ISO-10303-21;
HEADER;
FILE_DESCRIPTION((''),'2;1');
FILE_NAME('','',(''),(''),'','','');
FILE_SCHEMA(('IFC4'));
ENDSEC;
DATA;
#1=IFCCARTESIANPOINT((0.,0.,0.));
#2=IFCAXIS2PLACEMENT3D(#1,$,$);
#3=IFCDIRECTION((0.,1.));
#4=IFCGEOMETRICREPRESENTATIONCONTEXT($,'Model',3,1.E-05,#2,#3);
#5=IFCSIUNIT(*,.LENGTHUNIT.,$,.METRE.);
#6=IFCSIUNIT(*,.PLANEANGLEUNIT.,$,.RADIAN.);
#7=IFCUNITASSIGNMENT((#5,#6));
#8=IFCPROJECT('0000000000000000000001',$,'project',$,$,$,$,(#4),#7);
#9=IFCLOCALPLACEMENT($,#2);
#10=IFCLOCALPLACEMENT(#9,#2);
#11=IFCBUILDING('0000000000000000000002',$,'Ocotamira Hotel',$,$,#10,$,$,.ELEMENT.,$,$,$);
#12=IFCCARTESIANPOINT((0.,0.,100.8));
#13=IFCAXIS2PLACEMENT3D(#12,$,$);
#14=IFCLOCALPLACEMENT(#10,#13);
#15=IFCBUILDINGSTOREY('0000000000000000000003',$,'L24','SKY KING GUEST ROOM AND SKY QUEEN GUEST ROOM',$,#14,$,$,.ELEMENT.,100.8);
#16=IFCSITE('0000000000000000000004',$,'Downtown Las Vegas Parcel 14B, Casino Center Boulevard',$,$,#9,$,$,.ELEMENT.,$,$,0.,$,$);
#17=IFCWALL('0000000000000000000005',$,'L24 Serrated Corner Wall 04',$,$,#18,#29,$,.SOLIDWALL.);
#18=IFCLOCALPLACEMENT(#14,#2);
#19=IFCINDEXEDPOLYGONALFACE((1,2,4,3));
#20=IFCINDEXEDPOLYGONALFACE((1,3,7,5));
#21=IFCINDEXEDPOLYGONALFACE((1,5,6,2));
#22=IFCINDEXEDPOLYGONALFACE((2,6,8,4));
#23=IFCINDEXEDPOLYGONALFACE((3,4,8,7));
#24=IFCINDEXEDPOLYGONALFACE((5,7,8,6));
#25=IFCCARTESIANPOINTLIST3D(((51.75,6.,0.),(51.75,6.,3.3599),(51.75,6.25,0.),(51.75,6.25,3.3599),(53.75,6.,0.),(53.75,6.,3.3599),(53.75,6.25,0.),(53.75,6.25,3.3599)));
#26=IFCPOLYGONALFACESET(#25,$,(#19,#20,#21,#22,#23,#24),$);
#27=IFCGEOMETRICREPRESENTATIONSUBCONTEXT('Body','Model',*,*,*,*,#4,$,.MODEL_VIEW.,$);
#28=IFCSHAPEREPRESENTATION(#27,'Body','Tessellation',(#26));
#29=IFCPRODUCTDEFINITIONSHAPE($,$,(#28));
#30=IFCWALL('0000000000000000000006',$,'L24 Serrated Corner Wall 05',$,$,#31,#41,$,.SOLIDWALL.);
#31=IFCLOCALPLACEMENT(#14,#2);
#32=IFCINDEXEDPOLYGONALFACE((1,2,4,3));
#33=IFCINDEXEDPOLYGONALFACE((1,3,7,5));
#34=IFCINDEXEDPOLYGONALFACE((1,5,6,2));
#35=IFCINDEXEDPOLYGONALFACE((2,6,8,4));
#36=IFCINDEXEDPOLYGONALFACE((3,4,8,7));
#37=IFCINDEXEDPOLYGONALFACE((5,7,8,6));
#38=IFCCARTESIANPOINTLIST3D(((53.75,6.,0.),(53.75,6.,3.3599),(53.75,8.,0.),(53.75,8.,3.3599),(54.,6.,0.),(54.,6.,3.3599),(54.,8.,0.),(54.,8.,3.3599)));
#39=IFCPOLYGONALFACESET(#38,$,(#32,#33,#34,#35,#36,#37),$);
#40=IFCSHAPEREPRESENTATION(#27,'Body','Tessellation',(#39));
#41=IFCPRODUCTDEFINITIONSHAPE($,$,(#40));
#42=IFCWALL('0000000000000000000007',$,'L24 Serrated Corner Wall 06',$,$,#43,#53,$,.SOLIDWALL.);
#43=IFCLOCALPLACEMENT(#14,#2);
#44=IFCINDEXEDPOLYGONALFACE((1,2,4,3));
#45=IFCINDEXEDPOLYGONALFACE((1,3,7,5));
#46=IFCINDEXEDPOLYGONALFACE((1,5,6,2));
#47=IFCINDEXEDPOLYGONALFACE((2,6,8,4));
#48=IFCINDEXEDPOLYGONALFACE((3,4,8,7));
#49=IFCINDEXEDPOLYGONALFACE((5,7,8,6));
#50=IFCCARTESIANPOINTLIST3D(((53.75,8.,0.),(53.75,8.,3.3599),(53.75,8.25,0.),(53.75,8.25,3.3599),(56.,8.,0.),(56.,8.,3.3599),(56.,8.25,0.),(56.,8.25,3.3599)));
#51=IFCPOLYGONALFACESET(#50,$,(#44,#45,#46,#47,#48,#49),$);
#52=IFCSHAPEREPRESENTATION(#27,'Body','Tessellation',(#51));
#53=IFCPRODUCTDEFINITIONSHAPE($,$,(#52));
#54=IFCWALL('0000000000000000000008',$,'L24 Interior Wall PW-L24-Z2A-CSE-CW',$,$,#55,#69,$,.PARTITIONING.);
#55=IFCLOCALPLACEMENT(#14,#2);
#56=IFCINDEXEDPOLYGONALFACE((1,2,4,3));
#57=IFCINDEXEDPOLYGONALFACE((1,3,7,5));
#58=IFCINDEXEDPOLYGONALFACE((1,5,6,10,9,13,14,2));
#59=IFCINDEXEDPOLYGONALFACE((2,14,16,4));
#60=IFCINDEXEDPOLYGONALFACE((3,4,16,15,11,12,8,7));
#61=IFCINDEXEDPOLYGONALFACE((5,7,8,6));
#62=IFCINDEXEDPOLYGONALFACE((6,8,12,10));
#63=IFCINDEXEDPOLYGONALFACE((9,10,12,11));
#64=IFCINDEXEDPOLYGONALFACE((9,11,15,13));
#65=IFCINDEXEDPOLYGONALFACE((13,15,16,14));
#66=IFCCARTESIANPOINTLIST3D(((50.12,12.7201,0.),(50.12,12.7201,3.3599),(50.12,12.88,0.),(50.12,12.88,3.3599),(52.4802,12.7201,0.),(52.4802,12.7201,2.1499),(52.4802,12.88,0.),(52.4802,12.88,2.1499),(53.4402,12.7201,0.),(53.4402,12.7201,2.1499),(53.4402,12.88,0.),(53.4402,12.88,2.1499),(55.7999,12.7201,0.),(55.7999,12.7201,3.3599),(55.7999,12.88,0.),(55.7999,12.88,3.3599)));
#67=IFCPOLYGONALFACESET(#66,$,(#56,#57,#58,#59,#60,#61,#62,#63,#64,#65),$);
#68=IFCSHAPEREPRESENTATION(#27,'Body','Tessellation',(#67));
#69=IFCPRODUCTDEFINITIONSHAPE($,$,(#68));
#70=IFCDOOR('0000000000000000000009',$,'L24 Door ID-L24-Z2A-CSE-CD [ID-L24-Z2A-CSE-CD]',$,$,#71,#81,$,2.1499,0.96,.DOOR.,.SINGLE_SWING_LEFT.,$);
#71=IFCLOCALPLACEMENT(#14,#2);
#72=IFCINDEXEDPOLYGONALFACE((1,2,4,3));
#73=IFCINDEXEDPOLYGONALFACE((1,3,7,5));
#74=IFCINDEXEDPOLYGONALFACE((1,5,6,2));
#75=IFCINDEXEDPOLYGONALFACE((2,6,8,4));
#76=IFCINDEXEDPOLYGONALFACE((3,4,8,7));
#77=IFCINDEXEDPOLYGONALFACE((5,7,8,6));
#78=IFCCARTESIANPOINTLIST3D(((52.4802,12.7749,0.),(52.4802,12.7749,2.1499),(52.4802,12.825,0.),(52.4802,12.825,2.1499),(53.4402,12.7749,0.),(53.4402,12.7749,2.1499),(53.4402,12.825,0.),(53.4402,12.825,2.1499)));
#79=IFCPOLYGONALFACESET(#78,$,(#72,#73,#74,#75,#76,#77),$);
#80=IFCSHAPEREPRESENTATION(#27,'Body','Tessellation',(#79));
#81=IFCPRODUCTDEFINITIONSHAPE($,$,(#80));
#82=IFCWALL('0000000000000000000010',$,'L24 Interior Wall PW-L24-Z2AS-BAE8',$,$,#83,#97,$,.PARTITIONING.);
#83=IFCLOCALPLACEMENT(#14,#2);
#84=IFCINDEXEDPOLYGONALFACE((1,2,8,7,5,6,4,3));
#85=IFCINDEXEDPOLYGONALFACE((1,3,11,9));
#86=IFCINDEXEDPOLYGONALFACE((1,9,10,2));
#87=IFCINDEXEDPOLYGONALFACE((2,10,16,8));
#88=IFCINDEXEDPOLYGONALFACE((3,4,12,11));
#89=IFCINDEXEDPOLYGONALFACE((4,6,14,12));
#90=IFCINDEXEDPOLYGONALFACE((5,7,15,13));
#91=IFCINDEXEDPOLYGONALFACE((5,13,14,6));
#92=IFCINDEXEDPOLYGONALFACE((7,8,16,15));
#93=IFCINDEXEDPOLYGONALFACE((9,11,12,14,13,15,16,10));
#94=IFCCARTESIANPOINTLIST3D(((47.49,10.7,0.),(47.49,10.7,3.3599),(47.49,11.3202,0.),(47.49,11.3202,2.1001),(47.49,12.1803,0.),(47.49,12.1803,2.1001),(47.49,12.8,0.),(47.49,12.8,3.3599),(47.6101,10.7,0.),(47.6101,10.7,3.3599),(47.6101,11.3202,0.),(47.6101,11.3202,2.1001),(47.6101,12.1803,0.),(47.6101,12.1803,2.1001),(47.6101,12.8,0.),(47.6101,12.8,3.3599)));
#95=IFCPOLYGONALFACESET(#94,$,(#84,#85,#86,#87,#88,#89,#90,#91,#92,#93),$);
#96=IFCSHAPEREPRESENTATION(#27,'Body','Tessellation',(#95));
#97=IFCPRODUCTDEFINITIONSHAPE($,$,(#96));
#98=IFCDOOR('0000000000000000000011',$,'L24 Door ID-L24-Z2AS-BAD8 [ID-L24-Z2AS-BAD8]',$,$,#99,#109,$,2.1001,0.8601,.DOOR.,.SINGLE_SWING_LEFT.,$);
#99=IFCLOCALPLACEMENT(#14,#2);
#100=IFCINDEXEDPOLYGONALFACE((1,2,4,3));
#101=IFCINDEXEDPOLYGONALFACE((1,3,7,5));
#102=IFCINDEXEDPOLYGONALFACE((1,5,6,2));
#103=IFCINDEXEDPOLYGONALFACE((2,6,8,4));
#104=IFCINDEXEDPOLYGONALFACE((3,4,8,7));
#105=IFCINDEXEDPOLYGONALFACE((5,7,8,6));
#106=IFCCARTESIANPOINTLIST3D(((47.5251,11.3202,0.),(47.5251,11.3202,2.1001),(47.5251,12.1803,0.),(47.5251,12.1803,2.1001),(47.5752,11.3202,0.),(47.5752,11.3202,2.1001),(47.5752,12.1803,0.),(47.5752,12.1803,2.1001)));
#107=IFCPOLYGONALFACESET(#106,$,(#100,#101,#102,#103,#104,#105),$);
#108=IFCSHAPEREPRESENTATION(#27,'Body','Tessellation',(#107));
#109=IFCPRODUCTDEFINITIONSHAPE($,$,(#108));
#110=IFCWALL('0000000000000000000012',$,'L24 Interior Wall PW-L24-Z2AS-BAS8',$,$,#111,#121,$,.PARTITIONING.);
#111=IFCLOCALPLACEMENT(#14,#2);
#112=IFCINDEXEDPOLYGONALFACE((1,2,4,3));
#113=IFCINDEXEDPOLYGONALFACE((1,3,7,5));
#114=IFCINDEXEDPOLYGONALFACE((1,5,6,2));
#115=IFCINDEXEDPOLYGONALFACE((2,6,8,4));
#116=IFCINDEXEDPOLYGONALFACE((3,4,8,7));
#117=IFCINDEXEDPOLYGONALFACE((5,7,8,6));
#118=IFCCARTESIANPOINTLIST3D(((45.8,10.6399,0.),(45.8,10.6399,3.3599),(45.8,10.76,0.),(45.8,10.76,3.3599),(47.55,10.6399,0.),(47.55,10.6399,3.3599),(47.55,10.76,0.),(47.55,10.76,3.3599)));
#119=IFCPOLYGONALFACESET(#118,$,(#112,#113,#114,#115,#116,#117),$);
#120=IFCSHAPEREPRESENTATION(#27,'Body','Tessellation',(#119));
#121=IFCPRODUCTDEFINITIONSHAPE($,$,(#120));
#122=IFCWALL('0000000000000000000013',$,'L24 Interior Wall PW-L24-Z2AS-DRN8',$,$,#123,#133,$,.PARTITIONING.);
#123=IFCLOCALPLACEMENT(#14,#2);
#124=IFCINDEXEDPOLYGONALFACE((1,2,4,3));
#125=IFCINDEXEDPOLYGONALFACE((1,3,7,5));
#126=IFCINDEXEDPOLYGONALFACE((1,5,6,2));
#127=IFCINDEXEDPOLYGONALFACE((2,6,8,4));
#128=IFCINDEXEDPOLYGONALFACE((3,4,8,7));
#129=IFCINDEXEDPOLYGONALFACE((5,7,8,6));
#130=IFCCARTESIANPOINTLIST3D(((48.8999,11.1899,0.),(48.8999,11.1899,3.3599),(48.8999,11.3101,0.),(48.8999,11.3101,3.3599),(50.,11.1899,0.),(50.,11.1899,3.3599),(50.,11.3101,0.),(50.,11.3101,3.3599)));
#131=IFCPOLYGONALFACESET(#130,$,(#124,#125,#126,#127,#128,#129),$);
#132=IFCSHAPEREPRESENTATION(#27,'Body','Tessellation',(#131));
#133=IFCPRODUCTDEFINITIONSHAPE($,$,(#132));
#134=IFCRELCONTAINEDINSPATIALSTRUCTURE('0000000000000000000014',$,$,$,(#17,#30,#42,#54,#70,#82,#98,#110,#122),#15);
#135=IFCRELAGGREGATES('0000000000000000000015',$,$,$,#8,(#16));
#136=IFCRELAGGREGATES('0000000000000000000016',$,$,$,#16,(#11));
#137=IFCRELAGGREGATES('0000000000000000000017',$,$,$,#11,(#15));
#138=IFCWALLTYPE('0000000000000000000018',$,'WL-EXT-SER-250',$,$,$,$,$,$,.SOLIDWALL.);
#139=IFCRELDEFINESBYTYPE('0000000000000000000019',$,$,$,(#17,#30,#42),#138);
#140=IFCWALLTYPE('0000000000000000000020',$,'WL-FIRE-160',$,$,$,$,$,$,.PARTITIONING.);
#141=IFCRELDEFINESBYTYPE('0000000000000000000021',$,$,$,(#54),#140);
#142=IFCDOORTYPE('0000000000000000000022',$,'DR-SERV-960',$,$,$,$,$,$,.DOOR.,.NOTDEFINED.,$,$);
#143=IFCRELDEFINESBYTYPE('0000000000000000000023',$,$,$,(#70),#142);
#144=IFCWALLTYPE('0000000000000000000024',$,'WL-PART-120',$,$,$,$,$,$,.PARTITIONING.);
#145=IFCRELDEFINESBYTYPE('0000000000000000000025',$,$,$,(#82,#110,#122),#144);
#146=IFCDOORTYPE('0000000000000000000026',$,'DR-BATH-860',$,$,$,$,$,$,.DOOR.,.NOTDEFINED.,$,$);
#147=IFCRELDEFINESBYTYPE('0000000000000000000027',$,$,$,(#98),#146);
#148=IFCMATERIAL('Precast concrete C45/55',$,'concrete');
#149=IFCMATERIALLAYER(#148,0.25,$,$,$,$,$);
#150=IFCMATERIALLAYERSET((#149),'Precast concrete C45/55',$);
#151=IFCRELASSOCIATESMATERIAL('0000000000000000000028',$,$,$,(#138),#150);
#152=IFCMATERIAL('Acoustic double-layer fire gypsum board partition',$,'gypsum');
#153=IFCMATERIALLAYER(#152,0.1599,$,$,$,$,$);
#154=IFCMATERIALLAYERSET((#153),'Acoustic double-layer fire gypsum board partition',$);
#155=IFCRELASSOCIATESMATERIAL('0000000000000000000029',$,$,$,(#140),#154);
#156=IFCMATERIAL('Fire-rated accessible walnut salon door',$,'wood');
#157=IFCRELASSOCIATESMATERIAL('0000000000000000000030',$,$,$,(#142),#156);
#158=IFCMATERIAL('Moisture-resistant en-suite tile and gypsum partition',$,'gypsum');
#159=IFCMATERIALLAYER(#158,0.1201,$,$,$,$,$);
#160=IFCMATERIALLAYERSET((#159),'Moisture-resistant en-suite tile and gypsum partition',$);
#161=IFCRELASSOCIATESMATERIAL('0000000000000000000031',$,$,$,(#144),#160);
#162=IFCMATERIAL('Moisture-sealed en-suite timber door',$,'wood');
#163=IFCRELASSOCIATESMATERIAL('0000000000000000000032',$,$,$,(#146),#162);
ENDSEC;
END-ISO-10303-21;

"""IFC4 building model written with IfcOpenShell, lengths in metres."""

from ifc_helpers import new_model, si_unit, direction, frame, frame_2d, origin, place, context, subcontext, project, spatial, rectangle, extrude, source, transform, mapped, material, layer, layer_set, type_object, element, fill, save


model = new_model("IFC4")

# Units and contexts
model_context = context("Model", 3, precision=1e-05, world=origin(), true_north=direction((0.0, 1.0)))
body_context = subcontext(model_context, "Body", "Model", "MODEL_VIEW")
ifc_project = project(units=[si_unit("LENGTHUNIT", "METRE"), si_unit("PLANEANGLEUNIT", "RADIAN")], contexts=[model_context])

# Site, building, storey
site_placement = place(None, origin())
site = spatial("IfcSite", under=ifc_project, at=site_placement, Name="Downtown Las Vegas Parcel 14B, Casino Center Boulevard", CompositionType="ELEMENT", RefElevation=0.0)
building_placement = place(site_placement, origin())
building = spatial("IfcBuilding", under=site, at=building_placement, Name="Ocotamira Hotel", CompositionType="ELEMENT")
storey_placement = place(building_placement, frame((0.0, 0.0, 100.8)))
storey = spatial("IfcBuildingStorey", under=building, at=storey_placement, Name="L24", Description="SKY KING GUEST ROOM AND SKY QUEEN GUEST ROOM", CompositionType="ELEMENT", Elevation=100.8)

# Shared definitions
ifc_material_1 = material(Name="Precast concrete C45/55", Category="concrete")
ifc_layer_1 = layer(ifc_material_1, 0.25)
ifc_layer_set_1 = layer_set([ifc_layer_1], Name="Precast concrete C45/55")
wall_type_1 = type_object("IfcWallType", Name="WL-EXT-SER-250", PredefinedType="SOLIDWALL", material=ifc_layer_set_1)

# Walls
for number, where, z_axis, x_axis, name in (
    (1, (51.75, 6.125, 0.0), (0.0, 0.0, 1.0), (1.0, 0.0, 0.0), "L24 Serrated Corner Wall 04"),
    (2, (53.875, 6.0, 0.0), (0.0, 0.0, 1.0), (0.0, 1.0, 0.0), "L24 Serrated Corner Wall 05"),
):
    element("IfcWall", number, at=place(storey_placement, frame(where, z_axis=z_axis, x_axis=x_axis)), inside=storey, type_object=wall_type_1, Name=name, PredefinedType="SOLIDWALL", context=body_context, shape_type="SweptSolid", body=[
        extrude(rectangle(XDim=2.0, YDim=0.25, at=frame_2d((1.0, 0.0))), origin(), (0.0, 0.0, 1.0), 3.3599),
    ])
wall_1_placement = place(storey_placement, frame((53.75, 8.125, 0.0), z_axis=(0.0, 0.0, 1.0), x_axis=(1.0, 0.0, 0.0)))
element("IfcWall", 3, at=wall_1_placement, inside=storey, type_object=wall_type_1, Name="L24 Serrated Corner Wall 06", PredefinedType="SOLIDWALL", context=body_context, shape_type="SweptSolid", body=[
    extrude(rectangle(XDim=2.25, YDim=0.25, at=frame_2d((1.125, 0.0))), origin(), (0.0, 0.0, 1.0), 3.3599),
])

# Walls, openings, doors
ifc_material_2 = material(Name="Acoustic double-layer fire gypsum board partition", Category="gypsum")
ifc_layer_2 = layer(ifc_material_2, 0.1599)
ifc_layer_set_2 = layer_set([ifc_layer_2], Name="Acoustic double-layer fire gypsum board partition")
wall_type_2 = type_object("IfcWallType", Name="WL-FIRE-160", PredefinedType="PARTITIONING", material=ifc_layer_set_2)
wall_2_placement = place(storey_placement, frame((50.1201, 12.8, 0.0), z_axis=(0.0, 0.0, 1.0), x_axis=(1.0, 0.0, 0.0)))
wall_2 = element("IfcWall", 4, at=wall_2_placement, inside=storey, type_object=wall_type_2, Name="L24 Interior Wall PW-L24-Z2A-CSE-CW", PredefinedType="PARTITIONING", context=body_context, shape_type="SweptSolid", body=[
    extrude(rectangle(XDim=5.6799, YDim=0.1599, at=frame_2d((2.8398, 0.0))), origin(), (0.0, 0.0, 1.0), 3.3599),
])
opening_1_placement = place(wall_2_placement, frame((2.3601, 0.0, 0.0)))
opening_1 = element("IfcOpeningElement", 5, at=opening_1_placement, cuts=wall_2, PredefinedType="OPENING", context=body_context, shape_type="SweptSolid", body=[
    extrude(rectangle(XDim=0.96, YDim=2.1499, at=frame_2d((0.48, 1.075))), frame((0.0, 0.0898, 0.0), z_axis=(0.0, -1.0, 0.0), x_axis=(1.0, 0.0, 0.0)), (0.0, 0.0, 1.0), 0.1799),
])
ifc_material_3 = material(Name="Fire-rated accessible walnut salon door", Category="wood")
door_type_1 = type_object("IfcDoorType", Name="DR-SERV-960", OperationType="NOTDEFINED", PredefinedType="DOOR", material=ifc_material_3)
shared_shape_1 = source(origin(), body_context, "Body", "SweptSolid", [
    extrude(rectangle(XDim=0.96, YDim=2.1499, at=frame_2d((0.48, 1.075))), frame((0.0, 0.0249, 0.0), z_axis=(0.0, -1.0, 0.0), x_axis=(1.0, 0.0, 0.0)), (0.0, 0.0, 1.0), 0.05),
])
door_1_placement = place(opening_1_placement, origin())
door_1 = element("IfcDoor", 6, at=door_1_placement, inside=storey, type_object=door_type_1, Name="L24 Door ID-L24-Z2A-CSE-CD [ID-L24-Z2A-CSE-CD]", OperationType="SINGLE_SWING_LEFT", OverallHeight=2.1499, OverallWidth=0.96, PredefinedType="DOOR", context=body_context, shape_type="MappedRepresentation", body=[
    mapped(shared_shape_1, transform((0.0, 0.0, 0.0), scale=1.0)),
])
fill(opening_1, door_1)
ifc_material_4 = material(Name="Moisture-resistant en-suite tile and gypsum partition", Category="gypsum")
ifc_layer_3 = layer(ifc_material_4, 0.1201)
ifc_layer_set_3 = layer_set([ifc_layer_3], Name="Moisture-resistant en-suite tile and gypsum partition")
wall_type_3 = type_object("IfcWallType", Name="WL-PART-120", PredefinedType="PARTITIONING", material=ifc_layer_set_3)
wall_3_placement = place(storey_placement, frame((47.55, 10.7, 0.0), z_axis=(0.0, 0.0, 1.0), x_axis=(0.0, 1.0, 0.0)))
wall_3 = element("IfcWall", 7, at=wall_3_placement, inside=storey, type_object=wall_type_3, Name="L24 Interior Wall PW-L24-Z2AS-BAE8", PredefinedType="PARTITIONING", context=body_context, shape_type="SweptSolid", body=[
    extrude(rectangle(XDim=2.1001, YDim=0.1201, at=frame_2d((1.05, 0.0))), origin(), (0.0, 0.0, 1.0), 3.3599),
])
opening_2_placement = place(wall_3_placement, frame((0.6201, 0.0, 0.0)))
opening_2 = element("IfcOpeningElement", 8, at=opening_2_placement, cuts=wall_3, PredefinedType="OPENING", context=body_context, shape_type="SweptSolid", body=[
    extrude(rectangle(XDim=0.8601, YDim=2.1001, at=frame_2d((0.4302, 1.05))), frame((0.0, 0.0701, 0.0), z_axis=(0.0, -1.0, 0.0), x_axis=(1.0, 0.0, 0.0)), (0.0, 0.0, 1.0), 0.1401),
])
ifc_material_5 = material(Name="Moisture-sealed en-suite timber door", Category="wood")
door_type_2 = type_object("IfcDoorType", Name="DR-BATH-860", OperationType="NOTDEFINED", PredefinedType="DOOR", material=ifc_material_5)
shared_shape_2 = source(origin(), body_context, "Body", "SweptSolid", [
    extrude(rectangle(XDim=0.8601, YDim=2.1001, at=frame_2d((0.4302, 1.05))), frame((0.0, 0.0249, 0.0), z_axis=(0.0, -1.0, 0.0), x_axis=(1.0, 0.0, 0.0)), (0.0, 0.0, 1.0), 0.05),
])
door_2_placement = place(opening_2_placement, origin())
door_2 = element("IfcDoor", 9, at=door_2_placement, inside=storey, type_object=door_type_2, Name="L24 Door ID-L24-Z2AS-BAD8 [ID-L24-Z2AS-BAD8]", OperationType="SINGLE_SWING_LEFT", OverallHeight=2.1001, OverallWidth=0.8601, PredefinedType="DOOR", context=body_context, shape_type="MappedRepresentation", body=[
    mapped(shared_shape_2, transform((0.0, 0.0, 0.0), scale=1.0)),
])
fill(opening_2, door_2)

# Walls
wall_4_placement = place(storey_placement, frame((45.8, 10.7, 0.0), z_axis=(0.0, 0.0, 1.0), x_axis=(1.0, 0.0, 0.0)))
element("IfcWall", 10, at=wall_4_placement, inside=storey, type_object=wall_type_3, Name="L24 Interior Wall PW-L24-Z2AS-BAS8", PredefinedType="PARTITIONING", context=body_context, shape_type="SweptSolid", body=[
    extrude(rectangle(XDim=1.75, YDim=0.1201, at=frame_2d((0.875, 0.0))), origin(), (0.0, 0.0, 1.0), 3.3599),
])
wall_5_placement = place(storey_placement, frame((48.8999, 11.25, 0.0), z_axis=(0.0, 0.0, 1.0), x_axis=(1.0, 0.0, 0.0)))
element("IfcWall", 11, at=wall_5_placement, inside=storey, type_object=wall_type_3, Name="L24 Interior Wall PW-L24-Z2AS-DRN8", PredefinedType="PARTITIONING", context=body_context, shape_type="SweptSolid", body=[
    extrude(rectangle(XDim=1.1001, YDim=0.1201, at=frame_2d((0.55, 0.0))), origin(), (0.0, 0.0, 1.0), 3.3599),
])

save(model, "model.ifc")
